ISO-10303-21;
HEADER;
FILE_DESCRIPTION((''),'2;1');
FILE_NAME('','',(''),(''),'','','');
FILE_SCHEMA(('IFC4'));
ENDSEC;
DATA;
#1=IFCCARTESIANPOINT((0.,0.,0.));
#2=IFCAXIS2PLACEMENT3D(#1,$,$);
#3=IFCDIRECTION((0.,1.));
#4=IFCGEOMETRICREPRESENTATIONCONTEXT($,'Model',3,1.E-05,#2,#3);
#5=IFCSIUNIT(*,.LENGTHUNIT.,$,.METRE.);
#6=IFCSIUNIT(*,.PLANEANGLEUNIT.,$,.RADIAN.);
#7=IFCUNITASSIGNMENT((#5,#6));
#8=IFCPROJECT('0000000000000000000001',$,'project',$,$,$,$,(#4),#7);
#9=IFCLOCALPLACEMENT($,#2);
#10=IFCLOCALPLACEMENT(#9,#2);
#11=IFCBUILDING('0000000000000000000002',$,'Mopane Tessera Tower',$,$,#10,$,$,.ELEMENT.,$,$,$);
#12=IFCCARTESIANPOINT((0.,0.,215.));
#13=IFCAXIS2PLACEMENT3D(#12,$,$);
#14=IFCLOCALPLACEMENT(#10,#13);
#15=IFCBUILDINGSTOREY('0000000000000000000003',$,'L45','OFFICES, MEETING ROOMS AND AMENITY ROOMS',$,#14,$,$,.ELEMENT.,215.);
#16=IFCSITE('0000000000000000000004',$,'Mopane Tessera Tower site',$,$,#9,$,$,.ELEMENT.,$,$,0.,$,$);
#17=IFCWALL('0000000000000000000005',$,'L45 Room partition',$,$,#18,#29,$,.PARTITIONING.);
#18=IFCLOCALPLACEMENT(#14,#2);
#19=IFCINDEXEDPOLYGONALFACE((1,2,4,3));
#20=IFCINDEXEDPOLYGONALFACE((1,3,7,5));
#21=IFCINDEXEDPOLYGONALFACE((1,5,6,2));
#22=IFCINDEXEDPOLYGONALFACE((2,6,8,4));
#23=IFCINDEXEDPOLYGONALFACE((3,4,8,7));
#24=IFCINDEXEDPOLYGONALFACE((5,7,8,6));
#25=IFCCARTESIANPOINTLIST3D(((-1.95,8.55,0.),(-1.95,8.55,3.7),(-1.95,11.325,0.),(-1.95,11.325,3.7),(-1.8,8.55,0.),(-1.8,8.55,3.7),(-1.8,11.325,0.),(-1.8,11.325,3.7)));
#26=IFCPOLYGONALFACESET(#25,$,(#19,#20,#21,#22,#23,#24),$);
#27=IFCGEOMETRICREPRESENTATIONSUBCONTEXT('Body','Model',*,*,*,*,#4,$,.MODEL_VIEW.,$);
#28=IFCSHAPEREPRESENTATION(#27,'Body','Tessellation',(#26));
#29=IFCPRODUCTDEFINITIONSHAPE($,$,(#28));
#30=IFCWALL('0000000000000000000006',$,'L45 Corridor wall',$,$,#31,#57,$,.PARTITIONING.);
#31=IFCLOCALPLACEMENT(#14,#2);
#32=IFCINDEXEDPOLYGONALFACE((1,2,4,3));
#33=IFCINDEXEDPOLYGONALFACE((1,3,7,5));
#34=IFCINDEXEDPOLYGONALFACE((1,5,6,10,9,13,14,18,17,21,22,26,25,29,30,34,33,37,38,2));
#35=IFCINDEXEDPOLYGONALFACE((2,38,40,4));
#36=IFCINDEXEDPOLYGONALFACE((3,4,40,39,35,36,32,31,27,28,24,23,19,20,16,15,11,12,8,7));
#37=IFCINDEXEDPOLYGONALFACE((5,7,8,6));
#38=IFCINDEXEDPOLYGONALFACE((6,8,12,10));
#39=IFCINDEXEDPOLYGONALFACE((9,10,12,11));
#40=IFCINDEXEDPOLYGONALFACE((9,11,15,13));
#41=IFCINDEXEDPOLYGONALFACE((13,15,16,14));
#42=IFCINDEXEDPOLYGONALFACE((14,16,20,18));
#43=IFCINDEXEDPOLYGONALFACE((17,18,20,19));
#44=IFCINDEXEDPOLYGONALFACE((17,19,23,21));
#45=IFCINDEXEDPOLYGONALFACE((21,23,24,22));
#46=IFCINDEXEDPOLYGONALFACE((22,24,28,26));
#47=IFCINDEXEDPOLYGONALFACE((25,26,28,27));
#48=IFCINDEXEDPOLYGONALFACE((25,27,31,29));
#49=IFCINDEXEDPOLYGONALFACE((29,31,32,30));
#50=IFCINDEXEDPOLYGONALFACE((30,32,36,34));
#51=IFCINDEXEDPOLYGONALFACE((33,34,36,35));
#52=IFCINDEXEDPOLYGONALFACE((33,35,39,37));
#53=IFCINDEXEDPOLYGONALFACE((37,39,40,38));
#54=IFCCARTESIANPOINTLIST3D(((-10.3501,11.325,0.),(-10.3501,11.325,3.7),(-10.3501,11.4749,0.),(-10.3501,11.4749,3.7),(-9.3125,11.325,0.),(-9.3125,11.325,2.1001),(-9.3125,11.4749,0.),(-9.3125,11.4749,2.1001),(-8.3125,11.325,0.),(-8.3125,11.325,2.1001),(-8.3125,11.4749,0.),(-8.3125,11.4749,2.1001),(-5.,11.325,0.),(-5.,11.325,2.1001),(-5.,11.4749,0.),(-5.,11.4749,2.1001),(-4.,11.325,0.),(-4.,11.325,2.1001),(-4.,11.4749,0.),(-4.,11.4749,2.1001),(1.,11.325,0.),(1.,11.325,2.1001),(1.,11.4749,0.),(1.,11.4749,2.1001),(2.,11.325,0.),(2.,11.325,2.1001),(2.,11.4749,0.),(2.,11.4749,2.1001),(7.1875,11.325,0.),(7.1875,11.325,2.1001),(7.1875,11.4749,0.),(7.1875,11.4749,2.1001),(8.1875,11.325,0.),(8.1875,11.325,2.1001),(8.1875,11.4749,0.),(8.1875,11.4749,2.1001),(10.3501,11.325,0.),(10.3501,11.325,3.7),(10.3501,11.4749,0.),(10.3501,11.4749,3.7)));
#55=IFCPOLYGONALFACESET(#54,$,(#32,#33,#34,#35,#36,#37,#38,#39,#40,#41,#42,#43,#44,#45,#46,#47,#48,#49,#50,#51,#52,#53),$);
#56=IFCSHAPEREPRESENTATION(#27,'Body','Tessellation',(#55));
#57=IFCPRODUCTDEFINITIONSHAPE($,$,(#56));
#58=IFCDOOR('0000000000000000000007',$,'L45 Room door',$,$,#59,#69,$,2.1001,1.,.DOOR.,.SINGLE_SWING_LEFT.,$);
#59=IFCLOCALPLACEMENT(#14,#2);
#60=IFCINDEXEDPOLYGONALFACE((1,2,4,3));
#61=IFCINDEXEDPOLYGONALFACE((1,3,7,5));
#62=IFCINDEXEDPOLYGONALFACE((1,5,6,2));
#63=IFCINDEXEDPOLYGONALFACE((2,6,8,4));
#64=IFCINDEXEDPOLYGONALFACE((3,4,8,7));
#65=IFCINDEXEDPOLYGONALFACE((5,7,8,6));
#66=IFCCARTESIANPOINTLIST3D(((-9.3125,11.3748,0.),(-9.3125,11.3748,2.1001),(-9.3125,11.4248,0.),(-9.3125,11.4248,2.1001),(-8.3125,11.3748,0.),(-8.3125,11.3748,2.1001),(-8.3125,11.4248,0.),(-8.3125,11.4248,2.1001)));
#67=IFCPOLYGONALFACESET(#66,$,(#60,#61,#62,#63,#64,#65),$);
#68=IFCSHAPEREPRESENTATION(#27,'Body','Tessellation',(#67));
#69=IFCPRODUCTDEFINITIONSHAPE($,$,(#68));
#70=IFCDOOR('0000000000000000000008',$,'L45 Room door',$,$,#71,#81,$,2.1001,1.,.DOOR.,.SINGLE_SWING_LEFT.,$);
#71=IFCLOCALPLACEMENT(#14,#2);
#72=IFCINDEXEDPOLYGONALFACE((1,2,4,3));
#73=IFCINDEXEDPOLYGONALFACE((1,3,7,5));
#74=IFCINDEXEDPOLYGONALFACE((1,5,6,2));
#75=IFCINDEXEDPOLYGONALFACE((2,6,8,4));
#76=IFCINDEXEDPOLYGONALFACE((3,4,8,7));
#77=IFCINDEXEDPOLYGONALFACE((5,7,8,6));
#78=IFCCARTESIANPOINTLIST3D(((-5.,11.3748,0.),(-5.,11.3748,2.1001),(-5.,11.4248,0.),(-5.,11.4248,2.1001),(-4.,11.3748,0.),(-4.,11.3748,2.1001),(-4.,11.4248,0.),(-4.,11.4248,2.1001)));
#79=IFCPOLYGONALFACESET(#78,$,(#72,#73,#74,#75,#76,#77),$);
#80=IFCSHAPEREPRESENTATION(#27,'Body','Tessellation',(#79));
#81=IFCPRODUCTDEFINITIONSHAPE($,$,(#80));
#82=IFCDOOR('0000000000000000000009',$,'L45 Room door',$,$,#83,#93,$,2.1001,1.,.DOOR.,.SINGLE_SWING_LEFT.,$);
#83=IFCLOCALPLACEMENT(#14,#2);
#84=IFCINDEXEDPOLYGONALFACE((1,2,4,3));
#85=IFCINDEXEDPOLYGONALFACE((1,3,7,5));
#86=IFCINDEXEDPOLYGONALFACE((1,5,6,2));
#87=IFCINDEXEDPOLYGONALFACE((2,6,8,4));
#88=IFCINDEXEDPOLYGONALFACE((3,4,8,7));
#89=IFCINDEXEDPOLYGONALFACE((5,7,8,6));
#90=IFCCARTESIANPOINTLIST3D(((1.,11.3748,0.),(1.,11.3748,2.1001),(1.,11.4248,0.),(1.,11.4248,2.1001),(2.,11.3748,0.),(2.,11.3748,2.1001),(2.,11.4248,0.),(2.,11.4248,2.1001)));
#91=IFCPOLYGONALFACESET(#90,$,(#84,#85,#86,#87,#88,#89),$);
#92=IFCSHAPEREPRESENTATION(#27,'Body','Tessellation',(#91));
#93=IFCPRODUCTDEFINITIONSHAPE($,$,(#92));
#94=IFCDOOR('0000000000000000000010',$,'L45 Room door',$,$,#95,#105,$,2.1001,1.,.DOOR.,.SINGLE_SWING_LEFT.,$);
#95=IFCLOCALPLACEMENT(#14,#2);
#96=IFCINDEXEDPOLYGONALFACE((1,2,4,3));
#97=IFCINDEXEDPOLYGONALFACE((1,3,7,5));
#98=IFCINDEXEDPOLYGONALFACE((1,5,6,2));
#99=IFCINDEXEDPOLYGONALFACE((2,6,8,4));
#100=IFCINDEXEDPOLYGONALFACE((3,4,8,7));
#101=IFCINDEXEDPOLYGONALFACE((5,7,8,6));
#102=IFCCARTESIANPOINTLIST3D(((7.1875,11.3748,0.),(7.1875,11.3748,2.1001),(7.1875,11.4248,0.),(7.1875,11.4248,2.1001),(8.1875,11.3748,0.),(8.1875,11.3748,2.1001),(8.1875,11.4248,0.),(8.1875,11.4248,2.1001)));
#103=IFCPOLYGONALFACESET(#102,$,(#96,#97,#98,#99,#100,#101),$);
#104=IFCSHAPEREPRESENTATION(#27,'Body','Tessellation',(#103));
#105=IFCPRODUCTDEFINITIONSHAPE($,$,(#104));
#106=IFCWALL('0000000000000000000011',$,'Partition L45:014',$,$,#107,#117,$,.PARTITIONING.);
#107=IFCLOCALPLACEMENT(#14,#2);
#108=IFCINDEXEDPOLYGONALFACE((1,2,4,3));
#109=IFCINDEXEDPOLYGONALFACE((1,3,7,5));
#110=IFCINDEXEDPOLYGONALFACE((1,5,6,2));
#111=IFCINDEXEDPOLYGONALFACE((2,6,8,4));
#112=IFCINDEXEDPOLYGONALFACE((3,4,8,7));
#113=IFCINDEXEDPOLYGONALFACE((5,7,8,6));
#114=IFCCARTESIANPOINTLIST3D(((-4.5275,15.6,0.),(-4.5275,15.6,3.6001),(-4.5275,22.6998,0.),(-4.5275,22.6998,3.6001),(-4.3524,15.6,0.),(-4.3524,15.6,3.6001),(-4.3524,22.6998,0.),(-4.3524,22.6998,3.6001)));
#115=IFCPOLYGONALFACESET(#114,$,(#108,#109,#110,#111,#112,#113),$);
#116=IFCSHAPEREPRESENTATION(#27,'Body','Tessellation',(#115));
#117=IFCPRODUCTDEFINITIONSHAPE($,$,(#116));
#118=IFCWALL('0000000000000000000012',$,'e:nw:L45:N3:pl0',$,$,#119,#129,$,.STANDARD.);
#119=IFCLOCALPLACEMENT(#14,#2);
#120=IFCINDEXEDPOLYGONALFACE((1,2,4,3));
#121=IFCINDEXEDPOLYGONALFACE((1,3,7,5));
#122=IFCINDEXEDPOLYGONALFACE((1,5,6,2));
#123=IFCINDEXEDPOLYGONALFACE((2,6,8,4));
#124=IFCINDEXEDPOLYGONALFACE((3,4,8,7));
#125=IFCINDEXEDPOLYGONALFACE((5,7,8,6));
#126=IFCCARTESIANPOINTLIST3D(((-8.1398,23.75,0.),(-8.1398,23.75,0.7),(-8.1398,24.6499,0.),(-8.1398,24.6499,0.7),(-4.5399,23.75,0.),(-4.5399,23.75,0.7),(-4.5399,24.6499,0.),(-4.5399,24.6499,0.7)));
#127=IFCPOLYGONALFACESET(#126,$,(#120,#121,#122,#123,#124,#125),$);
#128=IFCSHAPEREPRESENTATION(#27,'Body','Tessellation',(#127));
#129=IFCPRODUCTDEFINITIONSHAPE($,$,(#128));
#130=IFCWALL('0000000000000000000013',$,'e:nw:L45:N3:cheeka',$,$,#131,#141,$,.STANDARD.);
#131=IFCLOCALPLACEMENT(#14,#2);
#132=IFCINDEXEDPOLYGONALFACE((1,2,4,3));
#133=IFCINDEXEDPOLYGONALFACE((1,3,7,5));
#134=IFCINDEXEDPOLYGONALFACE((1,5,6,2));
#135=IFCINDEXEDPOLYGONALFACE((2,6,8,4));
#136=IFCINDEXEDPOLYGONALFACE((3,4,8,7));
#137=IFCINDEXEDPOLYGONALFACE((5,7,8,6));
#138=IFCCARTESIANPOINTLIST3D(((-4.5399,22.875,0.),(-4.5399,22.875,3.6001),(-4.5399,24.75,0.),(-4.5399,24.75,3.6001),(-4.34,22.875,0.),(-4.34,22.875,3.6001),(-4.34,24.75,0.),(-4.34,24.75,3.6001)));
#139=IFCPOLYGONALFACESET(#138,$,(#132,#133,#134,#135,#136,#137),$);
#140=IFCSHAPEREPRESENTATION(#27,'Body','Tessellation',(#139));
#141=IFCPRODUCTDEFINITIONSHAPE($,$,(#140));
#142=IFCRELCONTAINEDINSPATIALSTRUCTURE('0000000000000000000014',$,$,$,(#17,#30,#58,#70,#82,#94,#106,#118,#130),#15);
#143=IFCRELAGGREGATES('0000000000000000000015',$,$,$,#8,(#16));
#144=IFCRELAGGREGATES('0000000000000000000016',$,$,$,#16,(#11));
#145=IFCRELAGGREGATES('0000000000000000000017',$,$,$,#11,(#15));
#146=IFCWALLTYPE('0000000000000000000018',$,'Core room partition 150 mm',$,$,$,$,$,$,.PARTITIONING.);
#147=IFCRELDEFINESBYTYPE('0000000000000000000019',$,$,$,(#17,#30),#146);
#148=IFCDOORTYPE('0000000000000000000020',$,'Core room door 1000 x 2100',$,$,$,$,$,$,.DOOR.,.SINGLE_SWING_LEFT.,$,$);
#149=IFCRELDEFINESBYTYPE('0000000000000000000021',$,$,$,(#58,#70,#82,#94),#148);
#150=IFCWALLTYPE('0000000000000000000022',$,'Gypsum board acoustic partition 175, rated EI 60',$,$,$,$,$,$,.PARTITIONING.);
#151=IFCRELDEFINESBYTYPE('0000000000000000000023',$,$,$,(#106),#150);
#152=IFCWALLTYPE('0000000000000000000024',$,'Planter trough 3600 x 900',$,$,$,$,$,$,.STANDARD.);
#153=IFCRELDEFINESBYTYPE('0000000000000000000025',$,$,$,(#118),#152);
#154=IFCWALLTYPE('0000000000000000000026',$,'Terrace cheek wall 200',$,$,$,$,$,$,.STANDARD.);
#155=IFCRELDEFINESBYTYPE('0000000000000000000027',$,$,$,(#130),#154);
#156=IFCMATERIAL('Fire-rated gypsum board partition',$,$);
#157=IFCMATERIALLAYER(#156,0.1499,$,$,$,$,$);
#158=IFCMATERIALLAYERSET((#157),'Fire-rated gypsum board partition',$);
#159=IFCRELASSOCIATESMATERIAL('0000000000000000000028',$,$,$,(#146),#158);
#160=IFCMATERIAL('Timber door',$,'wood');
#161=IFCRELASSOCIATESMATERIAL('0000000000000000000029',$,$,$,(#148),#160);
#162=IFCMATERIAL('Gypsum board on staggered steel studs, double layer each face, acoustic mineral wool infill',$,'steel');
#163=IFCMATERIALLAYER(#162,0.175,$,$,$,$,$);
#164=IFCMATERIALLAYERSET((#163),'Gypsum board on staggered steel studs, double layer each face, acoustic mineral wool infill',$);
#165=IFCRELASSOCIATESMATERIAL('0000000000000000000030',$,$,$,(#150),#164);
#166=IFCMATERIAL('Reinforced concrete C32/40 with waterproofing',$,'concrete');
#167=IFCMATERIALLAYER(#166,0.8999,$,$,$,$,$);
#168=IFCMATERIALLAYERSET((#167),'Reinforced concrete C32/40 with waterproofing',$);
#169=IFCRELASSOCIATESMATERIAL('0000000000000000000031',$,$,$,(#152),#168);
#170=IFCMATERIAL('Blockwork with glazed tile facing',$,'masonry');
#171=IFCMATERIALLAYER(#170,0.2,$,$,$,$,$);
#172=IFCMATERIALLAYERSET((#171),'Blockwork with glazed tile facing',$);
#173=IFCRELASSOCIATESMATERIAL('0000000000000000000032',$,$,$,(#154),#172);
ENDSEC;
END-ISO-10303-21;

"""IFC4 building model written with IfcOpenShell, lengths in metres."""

from ifc_helpers import new_model, si_unit, direction, frame, frame_2d, origin, place, context, subcontext, project, spatial, rectangle, extrude, material, layer, layer_set, type_object, element, fill, save


model = new_model("IFC4")

# Units and contexts
model_context = context("Model", 3, precision=1e-05, world=origin(), true_north=direction((0.0, 1.0)))
body_context = subcontext(model_context, "Body", "Model", "MODEL_VIEW")
ifc_project = project(units=[si_unit("LENGTHUNIT", "METRE"), si_unit("PLANEANGLEUNIT", "RADIAN")], contexts=[model_context])

# Site, building, storey
site_placement = place(None, origin())
site = spatial("IfcSite", under=ifc_project, at=site_placement, Name="Mopane Tessera Tower site", CompositionType="ELEMENT", RefElevation=0.0)
building_placement = place(site_placement, origin())
building = spatial("IfcBuilding", under=site, at=building_placement, Name="Mopane Tessera Tower", CompositionType="ELEMENT")
storey_placement = place(building_placement, frame((0.0, 0.0, 215.0)))
storey = spatial("IfcBuildingStorey", under=building, at=storey_placement, Name="L45", Description="OFFICES, MEETING ROOMS AND AMENITY ROOMS", CompositionType="ELEMENT", Elevation=215.0)

# Wall
ifc_material_1 = material(Name="Fire-rated gypsum board partition")
ifc_layer_1 = layer(ifc_material_1, 0.1499)
ifc_layer_set_1 = layer_set([ifc_layer_1], Name="Fire-rated gypsum board partition")
wall_type_1 = type_object("IfcWallType", Name="Core room partition 150 mm", PredefinedType="PARTITIONING", material=ifc_layer_set_1)
for number, where, z_axis, x_axis, name in (
    (1, (-1.875, 8.55, 0.0), (0.0, 0.0, 1.0), (0.0, 1.0, 0.0), "L45 Room partition"),
):
    element("IfcWall", number, at=place(storey_placement, frame(where, z_axis=z_axis, x_axis=x_axis)), inside=storey, type_object=wall_type_1, Name=name, PredefinedType="PARTITIONING", context=body_context, shape_type="SweptSolid", body=[
        extrude(rectangle(XDim=2.7749, YDim=0.1499, at=frame_2d((1.3875, 0.0))), origin(), (0.0, 0.0, 1.0), 3.7),
    ])

# Wall, openings, doors
wall_1_placement = place(storey_placement, frame((-10.3501, 11.3999, 0.0), z_axis=(0.0, 0.0, 1.0), x_axis=(1.0, 0.0, 0.0)))
wall_1 = element("IfcWall", 2, at=wall_1_placement, inside=storey, type_object=wall_type_1, Name="L45 Corridor wall", PredefinedType="PARTITIONING", context=body_context, shape_type="SweptSolid", body=[
    extrude(rectangle(XDim=20.7002, YDim=0.1499, at=frame_2d((10.3501, 0.0))), origin(), (0.0, 0.0, 1.0), 3.7),
])
opening_1_placement = place(wall_1_placement, frame((1.0376, 0.0, 0.0)))
opening_1 = element("IfcOpeningElement", 3, at=opening_1_placement, cuts=wall_1, PredefinedType="OPENING", context=body_context, shape_type="SweptSolid", body=[
    extrude(rectangle(XDim=1.0, YDim=2.1001, at=frame_2d((0.5, 1.05))), frame((0.0, 0.0869, 0.0), z_axis=(0.0, -1.0, 0.0), x_axis=(1.0, 0.0, 0.0)), (0.0, 0.0, 1.0), 0.1738),
])
opening_2_placement = place(wall_1_placement, frame((5.3501, 0.0, 0.0)))
opening_2 = element("IfcOpeningElement", 4, at=opening_2_placement, cuts=wall_1, PredefinedType="OPENING", context=body_context, shape_type="SweptSolid", body=[
    extrude(rectangle(XDim=1.0, YDim=2.1001, at=frame_2d((0.5, 1.05))), frame((0.0, 0.0869, 0.0), z_axis=(0.0, -1.0, 0.0), x_axis=(1.0, 0.0, 0.0)), (0.0, 0.0, 1.0), 0.1738),
])
opening_3_placement = place(wall_1_placement, frame((11.3501, 0.0, 0.0)))
opening_3 = element("IfcOpeningElement", 5, at=opening_3_placement, cuts=wall_1, PredefinedType="OPENING", context=body_context, shape_type="SweptSolid", body=[
    extrude(rectangle(XDim=1.0, YDim=2.1001, at=frame_2d((0.5, 1.05))), frame((0.0, 0.0869, 0.0), z_axis=(0.0, -1.0, 0.0), x_axis=(1.0, 0.0, 0.0)), (0.0, 0.0, 1.0), 0.1738),
])
opening_4_placement = place(wall_1_placement, frame((17.5376, 0.0, 0.0)))
opening_4 = element("IfcOpeningElement", 6, at=opening_4_placement, cuts=wall_1, PredefinedType="OPENING", context=body_context, shape_type="SweptSolid", body=[
    extrude(rectangle(XDim=1.0, YDim=2.1001, at=frame_2d((0.5, 1.05))), frame((0.0, 0.0869, 0.0), z_axis=(0.0, -1.0, 0.0), x_axis=(1.0, 0.0, 0.0)), (0.0, 0.0, 1.0), 0.1738),
])
ifc_material_2 = material(Name="Timber door", Category="wood")
door_type_1 = type_object("IfcDoorType", Name="Core room door 1000 x 2100", OperationType="SINGLE_SWING_LEFT", PredefinedType="DOOR", material=ifc_material_2)
door_1_placement = place(opening_1_placement, origin())
door_1 = element("IfcDoor", 7, at=door_1_placement, inside=storey, type_object=door_type_1, Name="L45 Room door", OperationType="SINGLE_SWING_LEFT", OverallHeight=2.1001, OverallWidth=1.0, PredefinedType="DOOR", context=body_context, shape_type="SweptSolid", body=[
    extrude(rectangle(XDim=1.0, YDim=2.1001, at=frame_2d((0.5, 1.05))), frame((0.0, 0.0249, 0.0), z_axis=(0.0, -1.0, 0.0), x_axis=(1.0, 0.0, 0.0)), (0.0, 0.0, 1.0), 0.05),
])
fill(opening_1, door_1)
door_2_placement = place(opening_2_placement, origin())
door_2 = element("IfcDoor", 8, at=door_2_placement, inside=storey, type_object=door_type_1, Name="L45 Room door", OperationType="SINGLE_SWING_LEFT", OverallHeight=2.1001, OverallWidth=1.0, PredefinedType="DOOR", context=body_context, shape_type="SweptSolid", body=[
    extrude(rectangle(XDim=1.0, YDim=2.1001, at=frame_2d((0.5, 1.05))), frame((0.0, 0.0249, 0.0), z_axis=(0.0, -1.0, 0.0), x_axis=(1.0, 0.0, 0.0)), (0.0, 0.0, 1.0), 0.05),
])
fill(opening_2, door_2)
door_3_placement = place(opening_3_placement, origin())
door_3 = element("IfcDoor", 9, at=door_3_placement, inside=storey, type_object=door_type_1, Name="L45 Room door", OperationType="SINGLE_SWING_LEFT", OverallHeight=2.1001, OverallWidth=1.0, PredefinedType="DOOR", context=body_context, shape_type="SweptSolid", body=[
    extrude(rectangle(XDim=1.0, YDim=2.1001, at=frame_2d((0.5, 1.05))), frame((0.0, 0.0249, 0.0), z_axis=(0.0, -1.0, 0.0), x_axis=(1.0, 0.0, 0.0)), (0.0, 0.0, 1.0), 0.05),
])
fill(opening_3, door_3)
door_4_placement = place(opening_4_placement, origin())
door_4 = element("IfcDoor", 10, at=door_4_placement, inside=storey, type_object=door_type_1, Name="L45 Room door", OperationType="SINGLE_SWING_LEFT", OverallHeight=2.1001, OverallWidth=1.0, PredefinedType="DOOR", context=body_context, shape_type="SweptSolid", body=[
    extrude(rectangle(XDim=1.0, YDim=2.1001, at=frame_2d((0.5, 1.05))), frame((0.0, 0.0249, 0.0), z_axis=(0.0, -1.0, 0.0), x_axis=(1.0, 0.0, 0.0)), (0.0, 0.0, 1.0), 0.05),
])
fill(opening_4, door_4)

# Walls
ifc_material_3 = material(Name="Gypsum board on staggered steel studs, double layer each face, acoustic mineral wool infill", Category="steel")
ifc_layer_2 = layer(ifc_material_3, 0.175)
ifc_layer_set_2 = layer_set([ifc_layer_2], Name="Gypsum board on staggered steel studs, double layer each face, acoustic mineral wool infill")
wall_type_2 = type_object("IfcWallType", Name="Gypsum board acoustic partition 175, rated EI 60", PredefinedType="PARTITIONING", material=ifc_layer_set_2)
wall_2_placement = place(storey_placement, frame((-4.4399, 15.6001, 0.0), z_axis=(0.0, 0.0, 1.0), x_axis=(0.0, 1.0, 0.0)))
element("IfcWall", 11, at=wall_2_placement, inside=storey, type_object=wall_type_2, Name="Partition L45:014", PredefinedType="PARTITIONING", context=body_context, shape_type="SweptSolid", body=[
    extrude(rectangle(XDim=7.0999, YDim=0.175, at=frame_2d((3.5498, 0.0))), origin(), (0.0, 0.0, 1.0), 3.6001),
])
ifc_material_4 = material(Name="Reinforced concrete C32/40 with waterproofing", Category="concrete")
ifc_layer_3 = layer(ifc_material_4, 0.8999)
ifc_layer_set_3 = layer_set([ifc_layer_3], Name="Reinforced concrete C32/40 with waterproofing")
wall_type_3 = type_object("IfcWallType", Name="Planter trough 3600 x 900", PredefinedType="STANDARD", material=ifc_layer_set_3)
wall_3_placement = place(storey_placement, frame((-4.54, 24.2, 0.0), z_axis=(0.0, 0.0, 1.0), x_axis=(-1.0, 0.0, 0.0)))
element("IfcWall", 12, at=wall_3_placement, inside=storey, type_object=wall_type_3, Name="e:nw:L45:N3:pl0", PredefinedType="STANDARD", context=body_context, shape_type="SweptSolid", body=[
    extrude(rectangle(XDim=3.5999, YDim=0.8999, at=frame_2d((1.7998, 0.0))), origin(), (0.0, 0.0, 1.0), 0.7),
])
ifc_material_5 = material(Name="Blockwork with glazed tile facing", Category="masonry")
ifc_layer_4 = layer(ifc_material_5, 0.2)
ifc_layer_set_4 = layer_set([ifc_layer_4], Name="Blockwork with glazed tile facing")
wall_type_4 = type_object("IfcWallType", Name="Terrace cheek wall 200", PredefinedType="STANDARD", material=ifc_layer_set_4)
wall_4_placement = place(storey_placement, frame((-4.4399, 24.75, 0.0), z_axis=(0.0, 0.0, 1.0), x_axis=(0.0, -1.0, 0.0)))
element("IfcWall", 13, at=wall_4_placement, inside=storey, type_object=wall_type_4, Name="e:nw:L45:N3:cheeka", PredefinedType="STANDARD", context=body_context, shape_type="SweptSolid", body=[
    extrude(rectangle(XDim=1.875, YDim=0.2, at=frame_2d((0.9375, 0.0))), origin(), (0.0, 0.0, 1.0), 3.6001),
])

save(model, "model.ifc")
